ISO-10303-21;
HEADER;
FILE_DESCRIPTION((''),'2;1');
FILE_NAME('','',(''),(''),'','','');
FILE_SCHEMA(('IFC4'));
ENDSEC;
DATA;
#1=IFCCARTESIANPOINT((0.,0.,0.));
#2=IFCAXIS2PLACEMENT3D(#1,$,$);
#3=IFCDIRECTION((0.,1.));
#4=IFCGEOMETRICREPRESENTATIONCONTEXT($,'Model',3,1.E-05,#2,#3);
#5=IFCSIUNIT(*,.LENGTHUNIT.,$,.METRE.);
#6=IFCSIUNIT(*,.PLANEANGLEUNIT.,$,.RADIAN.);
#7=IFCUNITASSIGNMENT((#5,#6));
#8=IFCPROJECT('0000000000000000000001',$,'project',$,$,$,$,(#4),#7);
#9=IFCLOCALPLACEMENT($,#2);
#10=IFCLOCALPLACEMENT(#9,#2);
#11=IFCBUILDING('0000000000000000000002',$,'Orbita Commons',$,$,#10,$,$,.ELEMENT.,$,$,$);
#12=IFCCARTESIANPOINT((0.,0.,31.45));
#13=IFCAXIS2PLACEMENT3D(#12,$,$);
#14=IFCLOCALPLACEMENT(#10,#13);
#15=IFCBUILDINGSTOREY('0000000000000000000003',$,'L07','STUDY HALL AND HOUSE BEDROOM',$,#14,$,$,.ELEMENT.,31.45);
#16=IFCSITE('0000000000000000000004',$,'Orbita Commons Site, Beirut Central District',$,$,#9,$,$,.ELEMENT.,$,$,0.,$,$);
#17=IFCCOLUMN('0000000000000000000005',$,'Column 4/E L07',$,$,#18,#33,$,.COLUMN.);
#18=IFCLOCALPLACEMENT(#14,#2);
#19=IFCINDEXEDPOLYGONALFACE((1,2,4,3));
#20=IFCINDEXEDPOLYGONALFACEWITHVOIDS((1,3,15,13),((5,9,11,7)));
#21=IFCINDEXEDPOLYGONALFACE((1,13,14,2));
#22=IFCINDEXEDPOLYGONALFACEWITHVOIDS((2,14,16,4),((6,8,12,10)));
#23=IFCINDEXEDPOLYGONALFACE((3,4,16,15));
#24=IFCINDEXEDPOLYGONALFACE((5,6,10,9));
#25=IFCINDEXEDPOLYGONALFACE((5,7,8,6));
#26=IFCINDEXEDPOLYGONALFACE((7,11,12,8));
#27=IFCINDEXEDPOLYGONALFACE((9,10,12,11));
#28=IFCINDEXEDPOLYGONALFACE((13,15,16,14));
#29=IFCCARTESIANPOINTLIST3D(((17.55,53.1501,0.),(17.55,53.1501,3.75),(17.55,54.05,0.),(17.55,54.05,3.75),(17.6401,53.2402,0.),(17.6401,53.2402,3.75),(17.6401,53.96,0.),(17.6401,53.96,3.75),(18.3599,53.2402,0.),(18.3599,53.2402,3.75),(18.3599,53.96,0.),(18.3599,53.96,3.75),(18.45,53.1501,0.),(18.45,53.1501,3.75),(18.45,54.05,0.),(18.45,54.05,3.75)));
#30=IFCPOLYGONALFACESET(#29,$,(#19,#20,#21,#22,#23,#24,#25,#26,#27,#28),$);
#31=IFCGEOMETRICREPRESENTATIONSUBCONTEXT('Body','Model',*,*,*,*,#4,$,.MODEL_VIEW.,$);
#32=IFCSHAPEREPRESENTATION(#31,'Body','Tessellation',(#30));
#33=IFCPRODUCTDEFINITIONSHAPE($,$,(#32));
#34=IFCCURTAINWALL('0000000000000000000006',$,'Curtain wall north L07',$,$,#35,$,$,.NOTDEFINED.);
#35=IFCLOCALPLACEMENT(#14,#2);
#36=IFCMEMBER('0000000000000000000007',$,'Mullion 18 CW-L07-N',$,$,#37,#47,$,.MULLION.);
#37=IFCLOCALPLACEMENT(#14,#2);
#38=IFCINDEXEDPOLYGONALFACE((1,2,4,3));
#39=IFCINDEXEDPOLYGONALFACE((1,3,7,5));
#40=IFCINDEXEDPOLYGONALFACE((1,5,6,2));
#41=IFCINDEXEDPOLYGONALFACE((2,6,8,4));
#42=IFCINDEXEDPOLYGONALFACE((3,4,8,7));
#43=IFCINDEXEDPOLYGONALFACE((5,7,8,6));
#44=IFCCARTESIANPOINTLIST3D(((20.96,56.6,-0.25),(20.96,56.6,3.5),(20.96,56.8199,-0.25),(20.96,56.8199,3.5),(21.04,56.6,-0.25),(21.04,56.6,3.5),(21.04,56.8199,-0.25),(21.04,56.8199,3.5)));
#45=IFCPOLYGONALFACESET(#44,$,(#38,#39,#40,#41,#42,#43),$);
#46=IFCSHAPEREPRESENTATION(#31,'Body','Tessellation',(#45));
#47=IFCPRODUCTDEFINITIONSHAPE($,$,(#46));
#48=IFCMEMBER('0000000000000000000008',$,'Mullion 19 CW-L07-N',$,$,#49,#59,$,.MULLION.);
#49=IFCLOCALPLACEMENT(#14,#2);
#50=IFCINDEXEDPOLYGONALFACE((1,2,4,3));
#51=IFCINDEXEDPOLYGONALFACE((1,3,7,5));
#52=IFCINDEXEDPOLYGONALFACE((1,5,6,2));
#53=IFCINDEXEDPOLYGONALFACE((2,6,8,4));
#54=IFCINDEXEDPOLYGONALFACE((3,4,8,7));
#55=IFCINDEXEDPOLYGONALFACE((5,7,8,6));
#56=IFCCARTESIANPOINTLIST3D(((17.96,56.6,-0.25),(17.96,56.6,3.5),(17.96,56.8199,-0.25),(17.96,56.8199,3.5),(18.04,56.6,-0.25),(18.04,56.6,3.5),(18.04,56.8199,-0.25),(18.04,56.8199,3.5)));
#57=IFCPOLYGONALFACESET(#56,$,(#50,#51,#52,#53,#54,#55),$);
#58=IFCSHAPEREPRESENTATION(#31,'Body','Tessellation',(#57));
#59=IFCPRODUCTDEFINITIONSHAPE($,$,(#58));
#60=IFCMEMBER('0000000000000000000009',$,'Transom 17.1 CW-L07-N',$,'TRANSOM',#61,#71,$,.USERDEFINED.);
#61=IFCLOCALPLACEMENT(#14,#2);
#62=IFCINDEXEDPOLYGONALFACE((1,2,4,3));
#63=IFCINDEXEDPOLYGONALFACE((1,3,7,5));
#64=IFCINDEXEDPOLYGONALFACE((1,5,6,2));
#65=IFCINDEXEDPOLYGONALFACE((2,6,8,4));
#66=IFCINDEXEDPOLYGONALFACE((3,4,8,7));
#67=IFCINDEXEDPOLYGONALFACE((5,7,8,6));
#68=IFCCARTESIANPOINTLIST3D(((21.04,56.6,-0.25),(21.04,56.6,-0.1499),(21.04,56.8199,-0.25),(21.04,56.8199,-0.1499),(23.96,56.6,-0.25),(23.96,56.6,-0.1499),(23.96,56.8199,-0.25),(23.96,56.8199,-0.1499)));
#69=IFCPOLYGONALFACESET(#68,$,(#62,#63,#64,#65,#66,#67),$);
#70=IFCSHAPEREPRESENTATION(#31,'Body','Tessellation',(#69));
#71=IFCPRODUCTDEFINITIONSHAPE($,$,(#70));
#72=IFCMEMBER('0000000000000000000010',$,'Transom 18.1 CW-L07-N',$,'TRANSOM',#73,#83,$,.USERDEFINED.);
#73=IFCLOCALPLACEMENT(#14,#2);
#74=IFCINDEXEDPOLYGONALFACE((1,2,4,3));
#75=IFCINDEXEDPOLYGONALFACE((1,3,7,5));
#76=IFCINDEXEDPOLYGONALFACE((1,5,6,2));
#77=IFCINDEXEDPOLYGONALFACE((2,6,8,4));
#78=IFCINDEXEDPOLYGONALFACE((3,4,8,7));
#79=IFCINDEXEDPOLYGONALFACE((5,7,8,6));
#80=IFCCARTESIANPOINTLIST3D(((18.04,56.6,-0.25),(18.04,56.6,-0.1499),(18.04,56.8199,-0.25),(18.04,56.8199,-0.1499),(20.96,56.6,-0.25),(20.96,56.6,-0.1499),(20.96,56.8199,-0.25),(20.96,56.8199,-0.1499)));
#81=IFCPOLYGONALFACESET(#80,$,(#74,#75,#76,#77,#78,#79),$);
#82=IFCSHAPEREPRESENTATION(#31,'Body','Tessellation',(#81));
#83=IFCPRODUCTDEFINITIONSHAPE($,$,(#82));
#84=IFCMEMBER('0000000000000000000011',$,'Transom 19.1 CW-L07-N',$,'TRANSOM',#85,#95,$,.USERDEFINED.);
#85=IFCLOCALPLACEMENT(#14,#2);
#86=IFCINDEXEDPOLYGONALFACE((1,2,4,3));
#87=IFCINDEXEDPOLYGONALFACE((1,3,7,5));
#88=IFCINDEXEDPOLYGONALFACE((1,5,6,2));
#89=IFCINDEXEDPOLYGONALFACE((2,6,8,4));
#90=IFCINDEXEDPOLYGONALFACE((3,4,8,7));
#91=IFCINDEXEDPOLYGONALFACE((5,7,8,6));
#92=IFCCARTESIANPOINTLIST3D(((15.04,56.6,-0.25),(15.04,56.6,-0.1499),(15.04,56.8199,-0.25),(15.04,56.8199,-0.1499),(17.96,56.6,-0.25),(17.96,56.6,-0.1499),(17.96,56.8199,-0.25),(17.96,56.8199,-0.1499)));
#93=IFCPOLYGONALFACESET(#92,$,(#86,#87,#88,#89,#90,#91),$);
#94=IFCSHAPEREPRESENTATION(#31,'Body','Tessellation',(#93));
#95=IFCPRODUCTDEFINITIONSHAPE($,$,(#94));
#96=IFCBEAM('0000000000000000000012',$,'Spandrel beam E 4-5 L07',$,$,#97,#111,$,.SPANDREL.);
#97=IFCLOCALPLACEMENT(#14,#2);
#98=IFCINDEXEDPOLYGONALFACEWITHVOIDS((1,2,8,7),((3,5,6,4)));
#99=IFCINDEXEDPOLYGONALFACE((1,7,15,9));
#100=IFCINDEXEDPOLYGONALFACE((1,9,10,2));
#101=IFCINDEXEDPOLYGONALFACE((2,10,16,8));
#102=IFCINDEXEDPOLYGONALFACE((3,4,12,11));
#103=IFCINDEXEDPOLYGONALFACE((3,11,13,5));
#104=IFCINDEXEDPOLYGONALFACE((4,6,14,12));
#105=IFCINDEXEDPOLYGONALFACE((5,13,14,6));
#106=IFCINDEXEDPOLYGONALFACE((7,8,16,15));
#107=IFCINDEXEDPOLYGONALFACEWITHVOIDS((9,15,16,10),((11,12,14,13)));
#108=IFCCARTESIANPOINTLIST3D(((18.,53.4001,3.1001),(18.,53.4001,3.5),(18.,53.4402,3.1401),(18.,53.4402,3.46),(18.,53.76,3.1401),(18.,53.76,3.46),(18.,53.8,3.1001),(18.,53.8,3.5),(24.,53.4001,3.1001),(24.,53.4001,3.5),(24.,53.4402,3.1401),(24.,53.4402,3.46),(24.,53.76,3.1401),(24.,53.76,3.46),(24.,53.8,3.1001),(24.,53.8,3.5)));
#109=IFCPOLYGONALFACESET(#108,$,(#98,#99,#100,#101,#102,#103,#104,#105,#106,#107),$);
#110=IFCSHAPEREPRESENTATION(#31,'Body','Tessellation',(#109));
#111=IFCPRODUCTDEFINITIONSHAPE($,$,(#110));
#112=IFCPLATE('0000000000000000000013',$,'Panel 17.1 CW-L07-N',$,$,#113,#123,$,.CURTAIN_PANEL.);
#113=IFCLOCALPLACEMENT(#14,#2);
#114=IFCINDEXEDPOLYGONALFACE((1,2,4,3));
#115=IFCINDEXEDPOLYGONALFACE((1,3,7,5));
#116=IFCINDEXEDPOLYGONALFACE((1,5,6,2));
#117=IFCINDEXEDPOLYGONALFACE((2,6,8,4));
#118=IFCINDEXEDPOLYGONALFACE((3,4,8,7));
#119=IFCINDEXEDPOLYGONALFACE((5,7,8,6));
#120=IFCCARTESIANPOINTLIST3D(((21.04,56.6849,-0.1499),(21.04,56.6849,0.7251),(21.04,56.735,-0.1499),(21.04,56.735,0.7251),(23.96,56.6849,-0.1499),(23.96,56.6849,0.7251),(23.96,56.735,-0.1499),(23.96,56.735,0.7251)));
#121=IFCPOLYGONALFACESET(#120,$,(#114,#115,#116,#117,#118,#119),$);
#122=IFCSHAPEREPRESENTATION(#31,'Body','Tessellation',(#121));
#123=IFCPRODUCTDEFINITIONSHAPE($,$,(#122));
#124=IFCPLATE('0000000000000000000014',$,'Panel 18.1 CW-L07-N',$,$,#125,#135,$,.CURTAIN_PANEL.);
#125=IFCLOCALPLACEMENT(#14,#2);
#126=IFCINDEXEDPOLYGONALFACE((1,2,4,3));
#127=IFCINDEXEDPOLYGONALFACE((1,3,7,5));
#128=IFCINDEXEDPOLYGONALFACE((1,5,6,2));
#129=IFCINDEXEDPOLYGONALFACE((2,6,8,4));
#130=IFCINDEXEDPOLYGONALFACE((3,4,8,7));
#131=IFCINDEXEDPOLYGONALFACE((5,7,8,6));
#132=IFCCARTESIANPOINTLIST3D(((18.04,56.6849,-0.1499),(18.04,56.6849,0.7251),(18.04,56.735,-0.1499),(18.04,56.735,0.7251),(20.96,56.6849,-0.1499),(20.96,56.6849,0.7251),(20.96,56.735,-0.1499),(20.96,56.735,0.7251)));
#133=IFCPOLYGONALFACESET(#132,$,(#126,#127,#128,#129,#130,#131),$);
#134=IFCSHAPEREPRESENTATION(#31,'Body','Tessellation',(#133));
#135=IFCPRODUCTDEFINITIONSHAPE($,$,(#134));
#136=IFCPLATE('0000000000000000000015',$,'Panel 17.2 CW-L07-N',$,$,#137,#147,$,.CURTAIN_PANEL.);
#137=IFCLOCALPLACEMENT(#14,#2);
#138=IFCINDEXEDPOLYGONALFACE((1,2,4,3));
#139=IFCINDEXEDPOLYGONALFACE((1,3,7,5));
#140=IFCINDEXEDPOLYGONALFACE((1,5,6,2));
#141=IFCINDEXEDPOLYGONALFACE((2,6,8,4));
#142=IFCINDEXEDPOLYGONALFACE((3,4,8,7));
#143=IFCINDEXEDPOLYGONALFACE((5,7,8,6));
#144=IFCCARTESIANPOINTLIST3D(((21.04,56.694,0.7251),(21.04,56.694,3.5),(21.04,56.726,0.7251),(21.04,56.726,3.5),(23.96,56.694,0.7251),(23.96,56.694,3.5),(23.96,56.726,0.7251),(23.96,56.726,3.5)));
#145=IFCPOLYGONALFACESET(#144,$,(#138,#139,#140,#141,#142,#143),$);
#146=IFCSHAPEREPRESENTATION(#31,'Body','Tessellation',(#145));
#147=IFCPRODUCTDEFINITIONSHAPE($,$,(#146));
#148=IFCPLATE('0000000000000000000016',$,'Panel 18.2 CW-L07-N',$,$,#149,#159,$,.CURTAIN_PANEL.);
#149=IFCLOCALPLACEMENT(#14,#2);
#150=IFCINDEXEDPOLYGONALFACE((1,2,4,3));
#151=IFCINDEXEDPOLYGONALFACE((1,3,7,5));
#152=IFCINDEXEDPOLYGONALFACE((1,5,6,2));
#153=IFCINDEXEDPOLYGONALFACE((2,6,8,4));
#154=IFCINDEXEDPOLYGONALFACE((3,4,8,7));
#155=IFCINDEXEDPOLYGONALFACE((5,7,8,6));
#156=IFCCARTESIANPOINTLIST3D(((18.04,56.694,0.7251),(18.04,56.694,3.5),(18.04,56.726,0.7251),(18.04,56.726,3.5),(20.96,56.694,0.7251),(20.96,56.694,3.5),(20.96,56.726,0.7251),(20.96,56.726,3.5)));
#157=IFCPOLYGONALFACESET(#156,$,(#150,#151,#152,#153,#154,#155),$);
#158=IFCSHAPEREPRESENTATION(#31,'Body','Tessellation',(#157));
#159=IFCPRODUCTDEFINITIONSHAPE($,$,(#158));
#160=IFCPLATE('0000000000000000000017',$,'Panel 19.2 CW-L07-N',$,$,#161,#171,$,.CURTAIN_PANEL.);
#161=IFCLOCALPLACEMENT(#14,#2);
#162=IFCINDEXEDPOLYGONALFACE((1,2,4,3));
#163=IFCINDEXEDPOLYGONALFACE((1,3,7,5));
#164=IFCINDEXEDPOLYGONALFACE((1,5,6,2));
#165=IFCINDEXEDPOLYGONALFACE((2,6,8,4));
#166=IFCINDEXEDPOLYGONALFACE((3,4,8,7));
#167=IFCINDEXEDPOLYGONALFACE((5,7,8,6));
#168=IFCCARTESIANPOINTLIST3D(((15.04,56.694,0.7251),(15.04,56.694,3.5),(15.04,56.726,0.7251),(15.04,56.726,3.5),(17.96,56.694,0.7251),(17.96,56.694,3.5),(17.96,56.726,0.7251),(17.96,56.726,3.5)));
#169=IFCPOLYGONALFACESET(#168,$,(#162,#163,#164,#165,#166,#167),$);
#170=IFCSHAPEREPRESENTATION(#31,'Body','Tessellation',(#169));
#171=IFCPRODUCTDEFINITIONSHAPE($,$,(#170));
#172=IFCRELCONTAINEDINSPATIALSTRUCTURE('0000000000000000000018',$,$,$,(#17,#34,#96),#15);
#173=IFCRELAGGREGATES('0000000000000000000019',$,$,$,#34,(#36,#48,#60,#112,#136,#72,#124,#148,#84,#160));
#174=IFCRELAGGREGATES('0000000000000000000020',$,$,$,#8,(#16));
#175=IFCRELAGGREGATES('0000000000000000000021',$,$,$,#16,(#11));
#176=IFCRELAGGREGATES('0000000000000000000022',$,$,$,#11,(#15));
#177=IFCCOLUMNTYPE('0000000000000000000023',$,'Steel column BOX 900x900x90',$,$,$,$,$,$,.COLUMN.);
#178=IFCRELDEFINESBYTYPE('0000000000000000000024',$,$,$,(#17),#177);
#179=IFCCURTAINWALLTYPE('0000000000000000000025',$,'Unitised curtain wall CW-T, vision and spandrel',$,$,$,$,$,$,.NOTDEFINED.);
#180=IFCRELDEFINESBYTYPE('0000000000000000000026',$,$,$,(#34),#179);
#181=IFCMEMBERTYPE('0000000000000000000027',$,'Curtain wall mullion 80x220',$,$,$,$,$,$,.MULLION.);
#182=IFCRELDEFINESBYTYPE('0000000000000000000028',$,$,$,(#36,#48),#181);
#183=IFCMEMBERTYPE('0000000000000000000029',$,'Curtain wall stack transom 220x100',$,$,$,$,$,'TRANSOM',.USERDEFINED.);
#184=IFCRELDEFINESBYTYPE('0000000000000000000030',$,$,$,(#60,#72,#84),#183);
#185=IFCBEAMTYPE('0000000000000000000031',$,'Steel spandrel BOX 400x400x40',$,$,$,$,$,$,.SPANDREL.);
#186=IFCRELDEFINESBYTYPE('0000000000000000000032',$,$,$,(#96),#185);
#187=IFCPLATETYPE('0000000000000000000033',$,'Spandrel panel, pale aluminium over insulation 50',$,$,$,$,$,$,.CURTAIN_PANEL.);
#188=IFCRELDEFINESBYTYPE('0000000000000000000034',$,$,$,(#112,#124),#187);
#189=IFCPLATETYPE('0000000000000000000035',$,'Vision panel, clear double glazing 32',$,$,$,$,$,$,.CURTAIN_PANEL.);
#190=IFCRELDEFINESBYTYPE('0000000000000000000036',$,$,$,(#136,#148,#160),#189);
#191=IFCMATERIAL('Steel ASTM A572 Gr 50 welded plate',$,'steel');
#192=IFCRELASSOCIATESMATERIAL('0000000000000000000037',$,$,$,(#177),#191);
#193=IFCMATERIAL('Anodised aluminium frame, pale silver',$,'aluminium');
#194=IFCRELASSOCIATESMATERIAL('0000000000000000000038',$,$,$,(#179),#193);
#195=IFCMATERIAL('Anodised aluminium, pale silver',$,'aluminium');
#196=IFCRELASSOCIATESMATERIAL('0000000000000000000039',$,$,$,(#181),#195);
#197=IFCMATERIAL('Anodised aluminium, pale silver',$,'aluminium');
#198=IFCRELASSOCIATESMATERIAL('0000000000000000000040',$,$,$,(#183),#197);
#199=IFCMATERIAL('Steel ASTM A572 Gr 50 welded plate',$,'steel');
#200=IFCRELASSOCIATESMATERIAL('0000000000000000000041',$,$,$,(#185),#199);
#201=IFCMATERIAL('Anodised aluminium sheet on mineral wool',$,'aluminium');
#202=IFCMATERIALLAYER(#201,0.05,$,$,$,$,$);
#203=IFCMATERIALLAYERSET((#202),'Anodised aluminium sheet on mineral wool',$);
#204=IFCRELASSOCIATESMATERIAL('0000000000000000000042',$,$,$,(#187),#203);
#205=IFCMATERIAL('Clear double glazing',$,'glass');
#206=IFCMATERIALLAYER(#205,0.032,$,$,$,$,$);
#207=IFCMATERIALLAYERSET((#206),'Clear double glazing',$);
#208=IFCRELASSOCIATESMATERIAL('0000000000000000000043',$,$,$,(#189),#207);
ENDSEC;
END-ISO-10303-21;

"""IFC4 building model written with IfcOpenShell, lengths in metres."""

from ifc_helpers import new_model, si_unit, direction, frame, origin, origin_2d, place, context, subcontext, project, spatial, rectangle, hollow_rectangle, extrude, material, layer, layer_set, material_profile, profile_set, type_object, element, aggregate, save


model = new_model("IFC4")

# Units and contexts
model_context = context("Model", 3, precision=1e-05, world=origin(), true_north=direction((0.0, 1.0)))
body_context = subcontext(model_context, "Body", "Model", "MODEL_VIEW")
ifc_project = project(units=[si_unit("LENGTHUNIT", "METRE"), si_unit("PLANEANGLEUNIT", "RADIAN")], contexts=[model_context])

# Site, building, storey
site_placement = place(None, origin())
site = spatial("IfcSite", under=ifc_project, at=site_placement, Name="Orbita Commons Site, Beirut Central District", CompositionType="ELEMENT", RefElevation=0.0)
building_placement = place(site_placement, origin())
building = spatial("IfcBuilding", under=site, at=building_placement, Name="Orbita Commons", CompositionType="ELEMENT")
storey_placement = place(building_placement, frame((0.0, 0.0, 31.45)))
storey = spatial("IfcBuildingStorey", under=building, at=storey_placement, Name="L07", Description="STUDY HALL AND HOUSE BEDROOM", CompositionType="ELEMENT", Elevation=31.45)

# Column
ifc_material_1 = material(Name="Steel ASTM A572 Gr 50 welded plate", Category="steel")
ifc_material_profile_1 = material_profile(ifc_material_1, hollow_rectangle(XDim=0.8999, YDim=0.8999, WallThickness=0.0901, at=origin_2d()), Name="BOX 900x900x90")
ifc_profile_set_1 = profile_set([ifc_material_profile_1], Name="Steel ASTM A572 Gr 50 welded plate")
column_type = type_object("IfcColumnType", Name="Steel column BOX 900x900x90", PredefinedType="COLUMN", material=ifc_profile_set_1)
column_placement = place(storey_placement, frame((18.0, 53.6001, 0.0), z_axis=(0.0, 0.0, 1.0), x_axis=(1.0, 0.0, 0.0)))
element("IfcColumn", 1, at=column_placement, inside=storey, type_object=column_type, Name="Column 4/E L07", PredefinedType="COLUMN", context=body_context, shape_type="SweptSolid", body=[
    extrude(hollow_rectangle(XDim=0.8999, YDim=0.8999, WallThickness=0.0901, at=origin_2d()), origin(), (0.0, 0.0, 1.0), 3.75),
])

# Curtain wall, members
ifc_material_2 = material(Name="Anodised aluminium frame, pale silver", Category="aluminium")
curtain_wall_type = type_object("IfcCurtainWallType", Name="Unitised curtain wall CW-T, vision and spandrel", PredefinedType="NOTDEFINED", material=ifc_material_2)
curtain_wall_placement = place(storey_placement, origin())
curtain_wall = element("IfcCurtainWall", 2, at=curtain_wall_placement, inside=storey, type_object=curtain_wall_type, Name="Curtain wall north L07", PredefinedType="NOTDEFINED")
ifc_material_3 = material(Name="Anodised aluminium, pale silver", Category="aluminium")
ifc_material_profile_2 = material_profile(ifc_material_3, rectangle(XDim=0.0801, YDim=0.22, at=origin_2d()), Name="AL 80x220")
ifc_profile_set_2 = profile_set([ifc_material_profile_2], Name="Anodised aluminium, pale silver")
member_type_1 = type_object("IfcMemberType", Name="Curtain wall mullion 80x220", PredefinedType="MULLION", material=ifc_profile_set_2)
member_1_placement = place(storey_placement, frame((21.0, 56.71, -0.25), z_axis=(0.0, 0.0, 1.0), x_axis=(-1.0, 0.0, 0.0)))
member_1 = element("IfcMember", 3, at=member_1_placement, type_object=member_type_1, Name="Mullion 18 CW-L07-N", PredefinedType="MULLION", context=body_context, shape_type="SweptSolid", body=[
    extrude(rectangle(XDim=0.0801, YDim=0.22, at=origin_2d()), origin(), (0.0, 0.0, 1.0), 3.75),
])
member_2_placement = place(storey_placement, frame((18.0, 56.71, -0.25), z_axis=(0.0, 0.0, 1.0), x_axis=(-1.0, 0.0, 0.0)))
member_2 = element("IfcMember", 4, at=member_2_placement, type_object=member_type_1, Name="Mullion 19 CW-L07-N", PredefinedType="MULLION", context=body_context, shape_type="SweptSolid", body=[
    extrude(rectangle(XDim=0.0801, YDim=0.22, at=origin_2d()), origin(), (0.0, 0.0, 1.0), 3.75),
])
ifc_material_4 = material(Name="Anodised aluminium, pale silver", Category="aluminium")
ifc_material_profile_3 = material_profile(ifc_material_4, rectangle(XDim=0.22, YDim=0.1001, at=origin_2d()), Name="AL 220x100")
ifc_profile_set_3 = profile_set([ifc_material_profile_3], Name="Anodised aluminium, pale silver")
member_type_2 = type_object("IfcMemberType", Name="Curtain wall stack transom 220x100", ElementType="TRANSOM", PredefinedType="USERDEFINED", material=ifc_profile_set_3)
member_3_placement = place(storey_placement, frame((23.96, 56.71, -0.2), z_axis=(-1.0, 0.0, 0.0), x_axis=(0.0, -1.0, 0.0)))
member_3 = element("IfcMember", 5, at=member_3_placement, type_object=member_type_2, Name="Transom 17.1 CW-L07-N", ObjectType="TRANSOM", PredefinedType="USERDEFINED", context=body_context, shape_type="SweptSolid", body=[
    extrude(rectangle(XDim=0.22, YDim=0.1001, at=origin_2d()), origin(), (0.0, 0.0, 1.0), 2.9199),
])
member_4_placement = place(storey_placement, frame((20.96, 56.71, -0.2), z_axis=(-1.0, 0.0, 0.0), x_axis=(0.0, -1.0, 0.0)))
member_4 = element("IfcMember", 6, at=member_4_placement, type_object=member_type_2, Name="Transom 18.1 CW-L07-N", ObjectType="TRANSOM", PredefinedType="USERDEFINED", context=body_context, shape_type="SweptSolid", body=[
    extrude(rectangle(XDim=0.22, YDim=0.1001, at=origin_2d()), origin(), (0.0, 0.0, 1.0), 2.9199),
])
member_5_placement = place(storey_placement, frame((17.96, 56.71, -0.2), z_axis=(-1.0, 0.0, 0.0), x_axis=(0.0, -1.0, 0.0)))
member_5 = element("IfcMember", 7, at=member_5_placement, type_object=member_type_2, Name="Transom 19.1 CW-L07-N", ObjectType="TRANSOM", PredefinedType="USERDEFINED", context=body_context, shape_type="SweptSolid", body=[
    extrude(rectangle(XDim=0.22, YDim=0.1001, at=origin_2d()), origin(), (0.0, 0.0, 1.0), 2.9199),
])

# Beam
ifc_material_5 = material(Name="Steel ASTM A572 Gr 50 welded plate", Category="steel")
ifc_material_profile_4 = material_profile(ifc_material_5, hollow_rectangle(XDim=0.3999, YDim=0.3999, WallThickness=0.04, at=origin_2d()), Name="BOX 400x400x40")
ifc_profile_set_4 = profile_set([ifc_material_profile_4], Name="Steel ASTM A572 Gr 50 welded plate")
beam_type = type_object("IfcBeamType", Name="Steel spandrel BOX 400x400x40", PredefinedType="SPANDREL", material=ifc_profile_set_4)
beam_placement = place(storey_placement, frame((18.0, 53.6001, 3.3), z_axis=(1.0, 0.0, 0.0), x_axis=(0.0, 1.0, 0.0)))
element("IfcBeam", 8, at=beam_placement, inside=storey, type_object=beam_type, Name="Spandrel beam E 4-5 L07", PredefinedType="SPANDREL", context=body_context, shape_type="SweptSolid", body=[
    extrude(hollow_rectangle(XDim=0.3999, YDim=0.3999, WallThickness=0.04, at=origin_2d()), origin(), (0.0, 0.0, 1.0), 6.0),
])

# Plates
ifc_material_6 = material(Name="Anodised aluminium sheet on mineral wool", Category="aluminium")
ifc_layer_1 = layer(ifc_material_6, 0.05)
ifc_layer_set_1 = layer_set([ifc_layer_1], Name="Anodised aluminium sheet on mineral wool")
plate_type_1 = type_object("IfcPlateType", Name="Spandrel panel, pale aluminium over insulation 50", PredefinedType="CURTAIN_PANEL", material=ifc_layer_set_1)
plate_1_placement = place(storey_placement, frame((22.5, 56.71, -0.1499), z_axis=(0.0, 0.0, 1.0), x_axis=(-1.0, 0.0, 0.0)))
plate_1 = element("IfcPlate", 9, at=plate_1_placement, type_object=plate_type_1, Name="Panel 17.1 CW-L07-N", PredefinedType="CURTAIN_PANEL", context=body_context, shape_type="SweptSolid", body=[
    extrude(rectangle(XDim=2.9199, YDim=0.05, at=origin_2d()), origin(), (0.0, 0.0, 1.0), 0.875),
])
plate_2_placement = place(storey_placement, frame((19.5, 56.71, -0.1499), z_axis=(0.0, 0.0, 1.0), x_axis=(-1.0, 0.0, 0.0)))
plate_2 = element("IfcPlate", 10, at=plate_2_placement, type_object=plate_type_1, Name="Panel 18.1 CW-L07-N", PredefinedType="CURTAIN_PANEL", context=body_context, shape_type="SweptSolid", body=[
    extrude(rectangle(XDim=2.9199, YDim=0.05, at=origin_2d()), origin(), (0.0, 0.0, 1.0), 0.875),
])
ifc_material_7 = material(Name="Clear double glazing", Category="glass")
ifc_layer_2 = layer(ifc_material_7, 0.032)
ifc_layer_set_2 = layer_set([ifc_layer_2], Name="Clear double glazing")
plate_type_2 = type_object("IfcPlateType", Name="Vision panel, clear double glazing 32", PredefinedType="CURTAIN_PANEL", material=ifc_layer_set_2)
plate_3_placement = place(storey_placement, frame((22.5, 56.71, 0.7251), z_axis=(0.0, 0.0, 1.0), x_axis=(-1.0, 0.0, 0.0)))
plate_3 = element("IfcPlate", 11, at=plate_3_placement, type_object=plate_type_2, Name="Panel 17.2 CW-L07-N", PredefinedType="CURTAIN_PANEL", context=body_context, shape_type="SweptSolid", body=[
    extrude(rectangle(XDim=2.9199, YDim=0.032, at=origin_2d()), origin(), (0.0, 0.0, 1.0), 2.7749),
])
plate_4_placement = place(storey_placement, frame((19.5, 56.71, 0.7251), z_axis=(0.0, 0.0, 1.0), x_axis=(-1.0, 0.0, 0.0)))
plate_4 = element("IfcPlate", 12, at=plate_4_placement, type_object=plate_type_2, Name="Panel 18.2 CW-L07-N", PredefinedType="CURTAIN_PANEL", context=body_context, shape_type="SweptSolid", body=[
    extrude(rectangle(XDim=2.9199, YDim=0.032, at=origin_2d()), origin(), (0.0, 0.0, 1.0), 2.7749),
])
plate_5_placement = place(storey_placement, frame((16.5, 56.71, 0.7251), z_axis=(0.0, 0.0, 1.0), x_axis=(-1.0, 0.0, 0.0)))
plate_5 = element("IfcPlate", 13, at=plate_5_placement, type_object=plate_type_2, Name="Panel 19.2 CW-L07-N", PredefinedType="CURTAIN_PANEL", context=body_context, shape_type="SweptSolid", body=[
    extrude(rectangle(XDim=2.9199, YDim=0.032, at=origin_2d()), origin(), (0.0, 0.0, 1.0), 2.7749),
])
aggregate(curtain_wall, [member_1, member_2, member_3, plate_1, plate_3, member_4, plate_2, plate_4, member_5, plate_5])

save(model, "model.ifc")
